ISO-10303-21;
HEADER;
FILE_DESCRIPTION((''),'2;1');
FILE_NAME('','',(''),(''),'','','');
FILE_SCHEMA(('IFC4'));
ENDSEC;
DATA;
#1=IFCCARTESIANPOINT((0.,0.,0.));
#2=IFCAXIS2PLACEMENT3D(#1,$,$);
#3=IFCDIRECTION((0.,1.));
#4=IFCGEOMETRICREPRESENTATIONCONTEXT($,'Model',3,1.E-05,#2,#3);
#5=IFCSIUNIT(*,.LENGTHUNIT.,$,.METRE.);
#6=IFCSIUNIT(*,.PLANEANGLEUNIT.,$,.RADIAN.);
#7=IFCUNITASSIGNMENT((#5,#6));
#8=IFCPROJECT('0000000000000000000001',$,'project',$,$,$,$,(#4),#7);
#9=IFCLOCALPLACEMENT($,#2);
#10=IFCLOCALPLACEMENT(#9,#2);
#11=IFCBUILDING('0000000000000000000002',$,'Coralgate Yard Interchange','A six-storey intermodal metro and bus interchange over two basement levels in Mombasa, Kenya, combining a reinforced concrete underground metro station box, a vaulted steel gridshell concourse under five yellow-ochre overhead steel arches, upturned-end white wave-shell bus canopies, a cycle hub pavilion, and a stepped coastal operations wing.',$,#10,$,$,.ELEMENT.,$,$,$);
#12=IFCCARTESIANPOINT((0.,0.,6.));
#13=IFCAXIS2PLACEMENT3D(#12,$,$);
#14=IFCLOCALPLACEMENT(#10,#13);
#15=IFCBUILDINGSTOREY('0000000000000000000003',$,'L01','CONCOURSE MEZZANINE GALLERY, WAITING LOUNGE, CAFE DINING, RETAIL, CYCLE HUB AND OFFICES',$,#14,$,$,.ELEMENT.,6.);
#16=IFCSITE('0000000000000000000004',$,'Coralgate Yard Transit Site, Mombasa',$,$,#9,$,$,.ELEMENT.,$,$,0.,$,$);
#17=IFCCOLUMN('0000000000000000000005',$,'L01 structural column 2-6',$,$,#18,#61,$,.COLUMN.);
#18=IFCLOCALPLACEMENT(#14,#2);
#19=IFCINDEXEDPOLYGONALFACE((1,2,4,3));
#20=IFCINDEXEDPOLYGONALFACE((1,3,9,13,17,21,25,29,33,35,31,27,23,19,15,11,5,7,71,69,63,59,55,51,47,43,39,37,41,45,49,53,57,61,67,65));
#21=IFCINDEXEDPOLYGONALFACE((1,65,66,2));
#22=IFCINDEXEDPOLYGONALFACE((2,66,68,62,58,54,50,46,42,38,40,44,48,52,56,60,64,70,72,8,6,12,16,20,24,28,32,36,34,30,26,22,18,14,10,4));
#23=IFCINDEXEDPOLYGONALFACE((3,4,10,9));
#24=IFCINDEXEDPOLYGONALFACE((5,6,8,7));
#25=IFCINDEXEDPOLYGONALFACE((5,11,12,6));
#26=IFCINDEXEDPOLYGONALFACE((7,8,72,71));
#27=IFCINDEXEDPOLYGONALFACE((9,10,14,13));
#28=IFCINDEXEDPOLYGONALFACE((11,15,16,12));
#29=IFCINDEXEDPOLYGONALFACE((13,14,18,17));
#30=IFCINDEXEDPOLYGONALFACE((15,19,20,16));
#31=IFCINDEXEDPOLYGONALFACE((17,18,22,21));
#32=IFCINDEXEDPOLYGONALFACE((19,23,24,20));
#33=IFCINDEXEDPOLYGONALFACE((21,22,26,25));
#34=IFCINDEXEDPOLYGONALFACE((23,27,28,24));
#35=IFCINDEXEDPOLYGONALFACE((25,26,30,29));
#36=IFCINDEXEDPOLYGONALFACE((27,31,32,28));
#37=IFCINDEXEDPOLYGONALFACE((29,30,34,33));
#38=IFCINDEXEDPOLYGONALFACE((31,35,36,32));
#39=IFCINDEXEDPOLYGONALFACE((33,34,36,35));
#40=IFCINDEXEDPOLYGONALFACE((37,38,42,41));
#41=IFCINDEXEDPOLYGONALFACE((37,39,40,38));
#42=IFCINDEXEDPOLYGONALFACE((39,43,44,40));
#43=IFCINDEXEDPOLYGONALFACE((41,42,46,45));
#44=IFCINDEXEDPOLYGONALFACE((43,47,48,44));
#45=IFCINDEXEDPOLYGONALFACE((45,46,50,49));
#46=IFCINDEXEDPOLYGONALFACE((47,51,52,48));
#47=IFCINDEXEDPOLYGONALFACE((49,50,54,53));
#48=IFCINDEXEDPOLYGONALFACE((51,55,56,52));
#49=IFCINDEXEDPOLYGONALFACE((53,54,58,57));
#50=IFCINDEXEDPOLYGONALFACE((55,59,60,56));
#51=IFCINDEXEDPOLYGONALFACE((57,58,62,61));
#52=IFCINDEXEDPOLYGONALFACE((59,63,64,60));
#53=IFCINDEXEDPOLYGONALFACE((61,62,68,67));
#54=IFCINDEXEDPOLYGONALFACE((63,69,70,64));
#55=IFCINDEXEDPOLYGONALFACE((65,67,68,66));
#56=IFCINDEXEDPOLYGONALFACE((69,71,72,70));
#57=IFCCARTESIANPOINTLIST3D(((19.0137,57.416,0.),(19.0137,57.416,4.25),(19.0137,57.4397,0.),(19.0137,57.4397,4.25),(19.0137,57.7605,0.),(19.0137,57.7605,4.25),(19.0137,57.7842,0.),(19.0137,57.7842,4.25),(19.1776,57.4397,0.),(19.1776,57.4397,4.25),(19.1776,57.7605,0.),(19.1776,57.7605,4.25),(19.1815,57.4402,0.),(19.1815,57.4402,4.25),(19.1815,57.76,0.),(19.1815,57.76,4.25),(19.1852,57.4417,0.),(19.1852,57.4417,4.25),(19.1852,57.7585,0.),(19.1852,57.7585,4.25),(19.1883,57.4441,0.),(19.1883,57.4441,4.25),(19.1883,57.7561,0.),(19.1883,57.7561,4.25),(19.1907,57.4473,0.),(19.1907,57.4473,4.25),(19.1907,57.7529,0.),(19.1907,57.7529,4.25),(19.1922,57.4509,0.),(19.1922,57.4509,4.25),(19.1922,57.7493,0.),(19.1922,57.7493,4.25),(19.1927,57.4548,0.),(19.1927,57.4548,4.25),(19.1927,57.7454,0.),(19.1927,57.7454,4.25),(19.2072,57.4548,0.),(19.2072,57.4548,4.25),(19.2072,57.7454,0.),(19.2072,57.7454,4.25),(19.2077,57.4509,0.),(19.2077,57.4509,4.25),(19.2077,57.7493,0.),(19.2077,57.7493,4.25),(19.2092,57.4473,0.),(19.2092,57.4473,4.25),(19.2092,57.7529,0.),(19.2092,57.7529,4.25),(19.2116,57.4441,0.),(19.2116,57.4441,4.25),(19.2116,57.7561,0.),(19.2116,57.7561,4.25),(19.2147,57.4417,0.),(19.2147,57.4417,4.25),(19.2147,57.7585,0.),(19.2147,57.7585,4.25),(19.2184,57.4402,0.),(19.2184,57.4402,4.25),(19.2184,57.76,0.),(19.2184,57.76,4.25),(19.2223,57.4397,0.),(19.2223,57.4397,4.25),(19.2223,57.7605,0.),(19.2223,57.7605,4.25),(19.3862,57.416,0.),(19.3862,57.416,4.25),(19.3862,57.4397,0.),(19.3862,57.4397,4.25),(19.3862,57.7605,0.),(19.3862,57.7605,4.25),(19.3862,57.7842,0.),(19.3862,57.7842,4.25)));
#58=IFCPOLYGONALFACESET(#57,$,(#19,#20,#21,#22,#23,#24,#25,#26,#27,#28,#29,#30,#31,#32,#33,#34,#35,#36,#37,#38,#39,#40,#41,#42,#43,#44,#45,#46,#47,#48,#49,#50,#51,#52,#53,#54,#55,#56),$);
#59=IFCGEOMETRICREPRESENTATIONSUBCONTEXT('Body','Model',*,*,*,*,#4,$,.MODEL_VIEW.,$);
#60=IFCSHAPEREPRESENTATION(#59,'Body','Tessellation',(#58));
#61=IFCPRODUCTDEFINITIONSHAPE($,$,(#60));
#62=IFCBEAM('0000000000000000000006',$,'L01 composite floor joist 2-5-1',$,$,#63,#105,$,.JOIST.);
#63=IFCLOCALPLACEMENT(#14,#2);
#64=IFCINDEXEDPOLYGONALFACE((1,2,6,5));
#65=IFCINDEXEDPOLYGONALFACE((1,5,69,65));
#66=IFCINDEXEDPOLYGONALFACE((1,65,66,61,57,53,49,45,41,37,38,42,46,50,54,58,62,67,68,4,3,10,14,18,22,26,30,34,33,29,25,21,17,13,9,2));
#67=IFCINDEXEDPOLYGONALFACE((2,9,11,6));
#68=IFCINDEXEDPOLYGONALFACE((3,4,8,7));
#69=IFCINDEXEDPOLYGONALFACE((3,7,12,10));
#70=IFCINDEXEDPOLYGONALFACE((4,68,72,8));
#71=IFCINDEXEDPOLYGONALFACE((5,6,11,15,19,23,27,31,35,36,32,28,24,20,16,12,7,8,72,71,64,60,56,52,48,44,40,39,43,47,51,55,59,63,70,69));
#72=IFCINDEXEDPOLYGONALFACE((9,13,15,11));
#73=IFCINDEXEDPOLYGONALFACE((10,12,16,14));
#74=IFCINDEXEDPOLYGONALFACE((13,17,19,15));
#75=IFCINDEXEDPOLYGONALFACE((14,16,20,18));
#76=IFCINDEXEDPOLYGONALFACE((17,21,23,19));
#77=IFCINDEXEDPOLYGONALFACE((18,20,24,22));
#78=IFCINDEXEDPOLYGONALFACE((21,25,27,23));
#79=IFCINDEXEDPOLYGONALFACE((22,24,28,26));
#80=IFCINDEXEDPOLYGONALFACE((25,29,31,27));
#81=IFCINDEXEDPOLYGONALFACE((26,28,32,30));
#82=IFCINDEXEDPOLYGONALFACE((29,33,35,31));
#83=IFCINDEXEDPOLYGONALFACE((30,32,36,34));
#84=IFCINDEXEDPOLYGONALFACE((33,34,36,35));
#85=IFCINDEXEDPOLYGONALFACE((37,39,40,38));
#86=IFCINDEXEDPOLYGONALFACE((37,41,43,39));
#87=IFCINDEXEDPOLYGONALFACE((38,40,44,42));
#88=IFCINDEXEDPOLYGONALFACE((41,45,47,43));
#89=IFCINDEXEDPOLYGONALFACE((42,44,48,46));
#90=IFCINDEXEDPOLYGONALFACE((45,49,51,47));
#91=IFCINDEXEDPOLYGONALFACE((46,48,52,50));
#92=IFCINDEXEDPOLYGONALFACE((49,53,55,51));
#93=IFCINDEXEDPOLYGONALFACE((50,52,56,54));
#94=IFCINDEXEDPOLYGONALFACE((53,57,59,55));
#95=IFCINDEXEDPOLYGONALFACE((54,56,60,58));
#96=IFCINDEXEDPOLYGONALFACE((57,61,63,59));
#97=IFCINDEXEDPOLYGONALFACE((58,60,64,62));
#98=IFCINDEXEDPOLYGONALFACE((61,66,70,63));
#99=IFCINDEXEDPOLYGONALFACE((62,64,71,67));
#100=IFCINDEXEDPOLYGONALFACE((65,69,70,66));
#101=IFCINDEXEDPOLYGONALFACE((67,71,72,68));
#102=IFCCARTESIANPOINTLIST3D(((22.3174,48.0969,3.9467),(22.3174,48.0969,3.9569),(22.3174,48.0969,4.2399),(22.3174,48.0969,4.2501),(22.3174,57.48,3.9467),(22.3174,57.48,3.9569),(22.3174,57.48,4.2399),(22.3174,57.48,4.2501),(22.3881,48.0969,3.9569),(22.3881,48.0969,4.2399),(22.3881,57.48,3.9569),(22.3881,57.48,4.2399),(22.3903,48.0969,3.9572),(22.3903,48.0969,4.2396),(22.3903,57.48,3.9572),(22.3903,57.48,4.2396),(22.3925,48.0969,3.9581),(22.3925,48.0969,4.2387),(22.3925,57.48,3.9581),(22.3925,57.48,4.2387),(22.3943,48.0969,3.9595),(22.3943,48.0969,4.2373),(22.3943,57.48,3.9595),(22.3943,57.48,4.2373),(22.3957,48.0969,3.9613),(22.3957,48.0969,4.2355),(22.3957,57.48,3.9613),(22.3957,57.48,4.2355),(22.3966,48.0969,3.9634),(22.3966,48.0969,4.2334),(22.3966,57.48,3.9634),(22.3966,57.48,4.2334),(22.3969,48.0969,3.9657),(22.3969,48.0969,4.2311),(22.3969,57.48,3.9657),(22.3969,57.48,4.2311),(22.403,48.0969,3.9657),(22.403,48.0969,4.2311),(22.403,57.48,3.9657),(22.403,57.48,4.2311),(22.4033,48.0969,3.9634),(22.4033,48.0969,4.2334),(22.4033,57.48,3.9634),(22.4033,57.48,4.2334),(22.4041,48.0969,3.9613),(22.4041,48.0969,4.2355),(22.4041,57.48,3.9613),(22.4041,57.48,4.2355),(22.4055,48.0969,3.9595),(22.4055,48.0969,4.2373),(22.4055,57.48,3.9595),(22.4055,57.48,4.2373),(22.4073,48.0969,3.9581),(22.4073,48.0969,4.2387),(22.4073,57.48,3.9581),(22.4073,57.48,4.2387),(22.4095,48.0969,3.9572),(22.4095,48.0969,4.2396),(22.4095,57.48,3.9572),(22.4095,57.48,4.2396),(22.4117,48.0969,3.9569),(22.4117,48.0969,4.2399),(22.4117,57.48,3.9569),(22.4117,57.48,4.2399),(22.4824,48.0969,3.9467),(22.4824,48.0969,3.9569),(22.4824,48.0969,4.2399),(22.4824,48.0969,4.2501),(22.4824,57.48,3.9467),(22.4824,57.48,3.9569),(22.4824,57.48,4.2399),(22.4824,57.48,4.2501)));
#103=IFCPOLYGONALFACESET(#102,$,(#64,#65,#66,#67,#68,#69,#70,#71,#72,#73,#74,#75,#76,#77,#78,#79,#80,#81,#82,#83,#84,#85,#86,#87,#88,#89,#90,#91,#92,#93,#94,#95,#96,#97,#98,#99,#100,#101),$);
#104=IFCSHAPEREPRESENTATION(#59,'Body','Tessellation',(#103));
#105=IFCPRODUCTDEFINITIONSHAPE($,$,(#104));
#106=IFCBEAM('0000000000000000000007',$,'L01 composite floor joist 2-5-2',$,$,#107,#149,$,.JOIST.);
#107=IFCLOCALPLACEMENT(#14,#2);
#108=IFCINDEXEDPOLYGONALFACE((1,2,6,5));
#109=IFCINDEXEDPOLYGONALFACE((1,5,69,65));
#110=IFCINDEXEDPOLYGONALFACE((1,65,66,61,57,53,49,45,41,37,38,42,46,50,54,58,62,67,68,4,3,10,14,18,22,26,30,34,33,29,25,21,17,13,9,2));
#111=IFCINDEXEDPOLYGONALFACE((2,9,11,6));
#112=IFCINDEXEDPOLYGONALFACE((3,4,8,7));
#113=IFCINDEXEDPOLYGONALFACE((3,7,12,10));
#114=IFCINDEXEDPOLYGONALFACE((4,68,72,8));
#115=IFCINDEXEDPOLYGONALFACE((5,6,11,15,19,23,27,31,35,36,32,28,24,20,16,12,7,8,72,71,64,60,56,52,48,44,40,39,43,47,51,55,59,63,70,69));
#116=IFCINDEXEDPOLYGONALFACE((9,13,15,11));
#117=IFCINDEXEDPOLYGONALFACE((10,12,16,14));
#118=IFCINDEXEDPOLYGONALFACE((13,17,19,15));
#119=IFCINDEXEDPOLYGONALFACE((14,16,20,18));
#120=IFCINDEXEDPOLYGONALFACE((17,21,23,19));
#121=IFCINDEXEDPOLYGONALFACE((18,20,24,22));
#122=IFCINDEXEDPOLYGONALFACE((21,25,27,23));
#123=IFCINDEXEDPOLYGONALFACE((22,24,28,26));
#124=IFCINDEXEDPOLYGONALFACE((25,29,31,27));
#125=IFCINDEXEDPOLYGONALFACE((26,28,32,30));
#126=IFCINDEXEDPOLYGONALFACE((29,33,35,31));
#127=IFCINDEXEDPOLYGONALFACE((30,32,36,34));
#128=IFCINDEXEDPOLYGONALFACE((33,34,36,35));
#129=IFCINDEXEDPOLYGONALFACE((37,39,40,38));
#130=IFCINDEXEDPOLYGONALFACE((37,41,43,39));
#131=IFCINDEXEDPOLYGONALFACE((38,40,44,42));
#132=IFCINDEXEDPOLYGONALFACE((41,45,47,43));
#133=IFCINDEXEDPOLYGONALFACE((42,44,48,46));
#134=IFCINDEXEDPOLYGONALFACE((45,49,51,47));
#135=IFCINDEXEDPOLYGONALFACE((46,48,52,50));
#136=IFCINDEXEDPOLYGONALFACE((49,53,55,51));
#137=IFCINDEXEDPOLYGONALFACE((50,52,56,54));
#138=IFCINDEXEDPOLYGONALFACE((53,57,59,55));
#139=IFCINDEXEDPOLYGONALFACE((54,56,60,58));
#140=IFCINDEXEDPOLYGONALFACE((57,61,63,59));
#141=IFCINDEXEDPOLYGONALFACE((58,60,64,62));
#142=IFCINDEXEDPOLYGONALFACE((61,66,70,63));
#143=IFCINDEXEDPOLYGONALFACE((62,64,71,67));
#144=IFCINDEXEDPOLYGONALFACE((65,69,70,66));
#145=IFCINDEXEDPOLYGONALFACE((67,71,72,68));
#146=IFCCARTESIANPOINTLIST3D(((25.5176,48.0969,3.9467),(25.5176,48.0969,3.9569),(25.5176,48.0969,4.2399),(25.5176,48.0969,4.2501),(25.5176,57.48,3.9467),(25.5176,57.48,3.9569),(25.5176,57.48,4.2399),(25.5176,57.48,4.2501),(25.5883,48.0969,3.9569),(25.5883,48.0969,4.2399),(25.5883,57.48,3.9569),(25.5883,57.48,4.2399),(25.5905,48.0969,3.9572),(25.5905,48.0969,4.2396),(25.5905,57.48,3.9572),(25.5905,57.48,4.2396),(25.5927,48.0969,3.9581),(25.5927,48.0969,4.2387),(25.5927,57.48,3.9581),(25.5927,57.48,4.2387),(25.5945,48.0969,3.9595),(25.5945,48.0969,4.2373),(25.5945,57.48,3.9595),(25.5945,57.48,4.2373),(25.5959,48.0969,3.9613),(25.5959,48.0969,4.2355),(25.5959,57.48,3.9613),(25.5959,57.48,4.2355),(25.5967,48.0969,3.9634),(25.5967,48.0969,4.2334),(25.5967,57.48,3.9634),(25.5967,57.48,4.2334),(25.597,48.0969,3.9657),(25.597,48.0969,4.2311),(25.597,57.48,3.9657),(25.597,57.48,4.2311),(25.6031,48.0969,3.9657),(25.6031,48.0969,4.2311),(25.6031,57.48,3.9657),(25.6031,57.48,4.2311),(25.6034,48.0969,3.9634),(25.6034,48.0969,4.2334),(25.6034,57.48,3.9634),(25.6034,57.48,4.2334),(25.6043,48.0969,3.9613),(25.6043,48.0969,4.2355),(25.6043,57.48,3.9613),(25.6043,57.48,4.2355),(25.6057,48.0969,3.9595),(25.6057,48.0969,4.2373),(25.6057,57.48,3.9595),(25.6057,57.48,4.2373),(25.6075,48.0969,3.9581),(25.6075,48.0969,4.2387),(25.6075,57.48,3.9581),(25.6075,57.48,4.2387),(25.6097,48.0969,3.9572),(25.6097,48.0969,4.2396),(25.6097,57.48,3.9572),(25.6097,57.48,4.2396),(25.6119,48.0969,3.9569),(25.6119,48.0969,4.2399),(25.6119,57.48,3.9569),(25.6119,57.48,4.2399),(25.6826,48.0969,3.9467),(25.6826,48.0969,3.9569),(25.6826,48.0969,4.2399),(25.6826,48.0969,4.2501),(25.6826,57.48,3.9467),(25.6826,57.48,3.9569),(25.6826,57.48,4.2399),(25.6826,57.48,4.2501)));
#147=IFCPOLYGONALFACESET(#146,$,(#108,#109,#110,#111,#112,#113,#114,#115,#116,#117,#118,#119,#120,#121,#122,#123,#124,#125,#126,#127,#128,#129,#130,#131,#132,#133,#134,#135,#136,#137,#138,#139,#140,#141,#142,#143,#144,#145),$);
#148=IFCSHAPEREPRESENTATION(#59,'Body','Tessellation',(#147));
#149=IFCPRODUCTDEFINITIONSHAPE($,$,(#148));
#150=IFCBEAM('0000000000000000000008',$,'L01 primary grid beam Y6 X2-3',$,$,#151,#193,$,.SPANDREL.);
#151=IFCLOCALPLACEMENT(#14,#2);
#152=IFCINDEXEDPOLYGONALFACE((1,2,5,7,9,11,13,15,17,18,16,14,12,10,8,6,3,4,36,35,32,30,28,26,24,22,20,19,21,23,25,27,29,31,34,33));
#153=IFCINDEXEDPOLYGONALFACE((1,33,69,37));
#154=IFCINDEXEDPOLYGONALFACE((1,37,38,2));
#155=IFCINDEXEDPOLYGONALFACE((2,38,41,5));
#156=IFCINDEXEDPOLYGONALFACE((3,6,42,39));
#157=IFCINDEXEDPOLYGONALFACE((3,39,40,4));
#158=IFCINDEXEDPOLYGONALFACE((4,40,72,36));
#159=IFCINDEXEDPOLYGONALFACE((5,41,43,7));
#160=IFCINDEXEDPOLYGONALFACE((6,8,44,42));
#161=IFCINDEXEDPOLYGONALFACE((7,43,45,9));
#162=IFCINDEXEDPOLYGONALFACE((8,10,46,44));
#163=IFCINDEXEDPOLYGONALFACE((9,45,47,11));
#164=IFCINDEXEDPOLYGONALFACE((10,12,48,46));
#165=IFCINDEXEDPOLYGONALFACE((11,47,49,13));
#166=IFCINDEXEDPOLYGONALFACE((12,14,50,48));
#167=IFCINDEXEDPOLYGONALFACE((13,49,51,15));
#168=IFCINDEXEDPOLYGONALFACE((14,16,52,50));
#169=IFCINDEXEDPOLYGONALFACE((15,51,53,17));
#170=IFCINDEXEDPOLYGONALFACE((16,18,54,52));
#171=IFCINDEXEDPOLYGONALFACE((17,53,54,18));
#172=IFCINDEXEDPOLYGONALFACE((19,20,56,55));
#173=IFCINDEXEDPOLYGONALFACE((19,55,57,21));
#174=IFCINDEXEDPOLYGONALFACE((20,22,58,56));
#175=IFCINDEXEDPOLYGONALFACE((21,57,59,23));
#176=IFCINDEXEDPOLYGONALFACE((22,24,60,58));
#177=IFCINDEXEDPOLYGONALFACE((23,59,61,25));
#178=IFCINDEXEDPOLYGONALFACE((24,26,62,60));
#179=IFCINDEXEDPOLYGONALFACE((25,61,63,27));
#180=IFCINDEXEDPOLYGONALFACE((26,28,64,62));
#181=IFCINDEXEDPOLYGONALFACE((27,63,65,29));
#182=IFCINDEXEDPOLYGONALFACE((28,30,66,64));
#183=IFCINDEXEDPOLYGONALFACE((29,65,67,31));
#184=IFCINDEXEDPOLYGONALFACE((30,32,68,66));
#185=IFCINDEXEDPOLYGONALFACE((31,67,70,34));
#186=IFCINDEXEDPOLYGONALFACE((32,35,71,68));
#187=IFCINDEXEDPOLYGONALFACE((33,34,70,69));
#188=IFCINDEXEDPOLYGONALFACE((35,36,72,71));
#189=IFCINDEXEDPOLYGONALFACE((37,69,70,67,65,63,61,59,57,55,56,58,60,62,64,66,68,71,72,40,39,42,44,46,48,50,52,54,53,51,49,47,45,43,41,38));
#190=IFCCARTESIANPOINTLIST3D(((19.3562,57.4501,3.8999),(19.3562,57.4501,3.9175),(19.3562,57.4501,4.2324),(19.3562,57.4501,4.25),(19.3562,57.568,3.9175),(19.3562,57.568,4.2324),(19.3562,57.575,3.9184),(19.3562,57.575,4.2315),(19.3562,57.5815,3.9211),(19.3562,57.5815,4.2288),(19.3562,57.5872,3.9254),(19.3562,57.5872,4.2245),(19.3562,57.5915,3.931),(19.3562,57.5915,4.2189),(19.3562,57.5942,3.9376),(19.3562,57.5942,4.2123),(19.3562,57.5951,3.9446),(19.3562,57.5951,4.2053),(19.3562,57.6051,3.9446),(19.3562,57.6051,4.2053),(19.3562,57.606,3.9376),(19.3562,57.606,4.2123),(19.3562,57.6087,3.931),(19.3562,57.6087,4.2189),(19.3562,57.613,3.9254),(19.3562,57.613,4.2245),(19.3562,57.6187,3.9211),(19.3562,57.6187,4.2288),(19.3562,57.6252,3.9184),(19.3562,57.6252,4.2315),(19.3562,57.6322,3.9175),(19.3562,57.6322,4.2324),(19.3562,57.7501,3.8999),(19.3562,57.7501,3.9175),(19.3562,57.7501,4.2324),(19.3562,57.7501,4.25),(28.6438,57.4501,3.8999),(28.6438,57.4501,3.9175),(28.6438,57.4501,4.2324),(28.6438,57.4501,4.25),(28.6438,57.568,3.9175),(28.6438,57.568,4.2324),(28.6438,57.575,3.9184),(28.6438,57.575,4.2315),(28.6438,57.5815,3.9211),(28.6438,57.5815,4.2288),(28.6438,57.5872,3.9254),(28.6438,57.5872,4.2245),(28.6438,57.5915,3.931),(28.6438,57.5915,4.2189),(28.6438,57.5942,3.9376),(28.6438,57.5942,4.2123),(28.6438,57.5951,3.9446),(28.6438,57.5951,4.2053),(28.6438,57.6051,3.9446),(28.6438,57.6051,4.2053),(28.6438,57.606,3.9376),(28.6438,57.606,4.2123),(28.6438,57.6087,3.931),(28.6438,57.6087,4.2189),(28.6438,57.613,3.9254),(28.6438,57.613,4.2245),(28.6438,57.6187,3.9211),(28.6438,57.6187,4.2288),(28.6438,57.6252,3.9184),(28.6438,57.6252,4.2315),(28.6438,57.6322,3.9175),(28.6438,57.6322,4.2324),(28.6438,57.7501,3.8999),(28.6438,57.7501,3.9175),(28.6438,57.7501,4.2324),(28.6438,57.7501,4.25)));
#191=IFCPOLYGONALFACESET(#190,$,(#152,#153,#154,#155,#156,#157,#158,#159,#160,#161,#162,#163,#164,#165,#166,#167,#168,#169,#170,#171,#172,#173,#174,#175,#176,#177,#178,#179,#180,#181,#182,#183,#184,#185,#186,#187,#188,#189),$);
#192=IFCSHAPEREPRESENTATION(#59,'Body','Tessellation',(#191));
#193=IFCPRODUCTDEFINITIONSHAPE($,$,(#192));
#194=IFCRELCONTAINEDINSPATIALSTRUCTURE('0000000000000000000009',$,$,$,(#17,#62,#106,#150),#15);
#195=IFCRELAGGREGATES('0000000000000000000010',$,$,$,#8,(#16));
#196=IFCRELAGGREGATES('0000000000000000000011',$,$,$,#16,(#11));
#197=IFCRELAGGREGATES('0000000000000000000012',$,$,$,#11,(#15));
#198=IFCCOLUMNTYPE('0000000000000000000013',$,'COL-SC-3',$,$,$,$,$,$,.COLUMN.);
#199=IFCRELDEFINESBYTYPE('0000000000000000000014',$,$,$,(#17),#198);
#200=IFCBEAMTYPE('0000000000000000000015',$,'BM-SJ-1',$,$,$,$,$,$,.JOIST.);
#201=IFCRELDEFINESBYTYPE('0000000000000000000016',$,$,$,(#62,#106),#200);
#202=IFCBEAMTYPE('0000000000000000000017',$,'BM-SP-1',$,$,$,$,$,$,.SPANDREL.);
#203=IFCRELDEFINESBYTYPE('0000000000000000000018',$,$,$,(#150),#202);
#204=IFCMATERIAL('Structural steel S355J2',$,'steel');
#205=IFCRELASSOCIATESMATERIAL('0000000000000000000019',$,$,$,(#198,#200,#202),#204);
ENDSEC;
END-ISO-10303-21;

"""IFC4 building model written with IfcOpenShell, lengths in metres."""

from ifc_helpers import new_model, si_unit, direction, frame, origin, origin_2d, place, context, subcontext, project, spatial, i_section, extrude, material, material_profile, profile_set, type_object, element, save


model = new_model("IFC4")

# Units and contexts
model_context = context("Model", 3, precision=1e-05, world=origin(), true_north=direction((0.0, 1.0)))
body_context = subcontext(model_context, "Body", "Model", "MODEL_VIEW")
ifc_project = project(units=[si_unit("LENGTHUNIT", "METRE"), si_unit("PLANEANGLEUNIT", "RADIAN")], contexts=[model_context])

# Site, building, storey
site_placement = place(None, origin())
site = spatial("IfcSite", under=ifc_project, at=site_placement, Name="Coralgate Yard Transit Site, Mombasa", CompositionType="ELEMENT", RefElevation=0.0)
building_placement = place(site_placement, origin())
building = spatial("IfcBuilding", under=site, at=building_placement, Name="Coralgate Yard Interchange", Description="A six-storey intermodal metro and bus interchange over two basement levels in Mombasa, Kenya, combining a reinforced concrete underground metro station box, a vaulted steel gridshell concourse under five yellow-ochre overhead steel arches, upturned-end white wave-shell bus canopies, a cycle hub pavilion, and a stepped coastal operations wing.", CompositionType="ELEMENT")
storey_placement = place(building_placement, frame((0.0, 0.0, 6.0)))
storey = spatial("IfcBuildingStorey", under=building, at=storey_placement, Name="L01", Description="CONCOURSE MEZZANINE GALLERY, WAITING LOUNGE, CAFE DINING, RETAIL, CYCLE HUB AND OFFICES", CompositionType="ELEMENT", Elevation=6.0)

# Column
ifc_material_1 = material(Name="Structural steel S355J2", Category="steel")
ifc_material_profile_1 = material_profile(ifc_material_1, i_section(OverallWidth=0.3726, OverallDepth=0.3682, WebThickness=0.0144, FlangeThickness=0.0237, FilletRadius=0.0151, at=origin_2d()), Name="UC 356x368x177")
ifc_profile_set_1 = profile_set([ifc_material_profile_1], Name="Structural steel S355J2")
column_type = type_object("IfcColumnType", Name="COL-SC-3", PredefinedType="COLUMN", material=ifc_profile_set_1)
column_placement = place(storey_placement, frame((19.2, 57.6001, 0.0), z_axis=(0.0, 0.0, 1.0), x_axis=(1.0, 0.0, 0.0)))
element("IfcColumn", 1, at=column_placement, inside=storey, type_object=column_type, Name="L01 structural column 2-6", PredefinedType="COLUMN", context=body_context, shape_type="SweptSolid", body=[
    extrude(i_section(OverallWidth=0.3726, OverallDepth=0.3682, WebThickness=0.0144, FlangeThickness=0.0237, FilletRadius=0.0151, at=origin_2d()), origin(), (0.0, 0.0, 1.0), 4.25),
])

# Beams
ifc_material_profile_2 = material_profile(ifc_material_1, i_section(OverallWidth=0.165, OverallDepth=0.3035, WebThickness=0.0061, FlangeThickness=0.0103, FilletRadius=0.0088, at=origin_2d()), Name="UB 305x165x40")
ifc_profile_set_2 = profile_set([ifc_material_profile_2], Name="Structural steel S355J2")
beam_type_1 = type_object("IfcBeamType", Name="BM-SJ-1", PredefinedType="JOIST", material=ifc_profile_set_2)
for number, where, z_axis, x_axis, name in (
    (2, (22.3999, 48.0969, 4.0984), (0.0, 1.0, 0.0), (-1.0, 0.0, 0.0), "L01 composite floor joist 2-5-1"),
    (3, (25.6001, 48.0969, 4.0984), (0.0, 1.0, 0.0), (-1.0, 0.0, 0.0), "L01 composite floor joist 2-5-2"),
):
    element("IfcBeam", number, at=place(storey_placement, frame(where, z_axis=z_axis, x_axis=x_axis)), inside=storey, type_object=beam_type_1, Name=name, PredefinedType="JOIST", context=body_context, shape_type="SweptSolid", body=[
        extrude(i_section(OverallWidth=0.165, OverallDepth=0.3035, WebThickness=0.0061, FlangeThickness=0.0103, FilletRadius=0.0088, at=origin_2d()), origin(), (0.0, 0.0, 1.0), 9.3831),
    ])
ifc_material_profile_3 = material_profile(ifc_material_1, i_section(OverallWidth=0.3, OverallDepth=0.3501, WebThickness=0.01, FlangeThickness=0.0176, FilletRadius=0.0271, at=origin_2d()), Name="HEA 360")
ifc_profile_set_3 = profile_set([ifc_material_profile_3], Name="Structural steel S355J2")
beam_type_2 = type_object("IfcBeamType", Name="BM-SP-1", PredefinedType="SPANDREL", material=ifc_profile_set_3)
beam_placement = place(storey_placement, frame((19.3562, 57.6001, 4.075), z_axis=(1.0, 0.0, 0.0), x_axis=(0.0, 1.0, 0.0)))
element("IfcBeam", 4, at=beam_placement, inside=storey, type_object=beam_type_2, Name="L01 primary grid beam Y6 X2-3", PredefinedType="SPANDREL", context=body_context, shape_type="SweptSolid", body=[
    extrude(i_section(OverallWidth=0.3, OverallDepth=0.3501, WebThickness=0.01, FlangeThickness=0.0176, FilletRadius=0.0271, at=origin_2d()), origin(), (0.0, 0.0, 1.0), 9.2876),
])

save(model, "model.ifc")
